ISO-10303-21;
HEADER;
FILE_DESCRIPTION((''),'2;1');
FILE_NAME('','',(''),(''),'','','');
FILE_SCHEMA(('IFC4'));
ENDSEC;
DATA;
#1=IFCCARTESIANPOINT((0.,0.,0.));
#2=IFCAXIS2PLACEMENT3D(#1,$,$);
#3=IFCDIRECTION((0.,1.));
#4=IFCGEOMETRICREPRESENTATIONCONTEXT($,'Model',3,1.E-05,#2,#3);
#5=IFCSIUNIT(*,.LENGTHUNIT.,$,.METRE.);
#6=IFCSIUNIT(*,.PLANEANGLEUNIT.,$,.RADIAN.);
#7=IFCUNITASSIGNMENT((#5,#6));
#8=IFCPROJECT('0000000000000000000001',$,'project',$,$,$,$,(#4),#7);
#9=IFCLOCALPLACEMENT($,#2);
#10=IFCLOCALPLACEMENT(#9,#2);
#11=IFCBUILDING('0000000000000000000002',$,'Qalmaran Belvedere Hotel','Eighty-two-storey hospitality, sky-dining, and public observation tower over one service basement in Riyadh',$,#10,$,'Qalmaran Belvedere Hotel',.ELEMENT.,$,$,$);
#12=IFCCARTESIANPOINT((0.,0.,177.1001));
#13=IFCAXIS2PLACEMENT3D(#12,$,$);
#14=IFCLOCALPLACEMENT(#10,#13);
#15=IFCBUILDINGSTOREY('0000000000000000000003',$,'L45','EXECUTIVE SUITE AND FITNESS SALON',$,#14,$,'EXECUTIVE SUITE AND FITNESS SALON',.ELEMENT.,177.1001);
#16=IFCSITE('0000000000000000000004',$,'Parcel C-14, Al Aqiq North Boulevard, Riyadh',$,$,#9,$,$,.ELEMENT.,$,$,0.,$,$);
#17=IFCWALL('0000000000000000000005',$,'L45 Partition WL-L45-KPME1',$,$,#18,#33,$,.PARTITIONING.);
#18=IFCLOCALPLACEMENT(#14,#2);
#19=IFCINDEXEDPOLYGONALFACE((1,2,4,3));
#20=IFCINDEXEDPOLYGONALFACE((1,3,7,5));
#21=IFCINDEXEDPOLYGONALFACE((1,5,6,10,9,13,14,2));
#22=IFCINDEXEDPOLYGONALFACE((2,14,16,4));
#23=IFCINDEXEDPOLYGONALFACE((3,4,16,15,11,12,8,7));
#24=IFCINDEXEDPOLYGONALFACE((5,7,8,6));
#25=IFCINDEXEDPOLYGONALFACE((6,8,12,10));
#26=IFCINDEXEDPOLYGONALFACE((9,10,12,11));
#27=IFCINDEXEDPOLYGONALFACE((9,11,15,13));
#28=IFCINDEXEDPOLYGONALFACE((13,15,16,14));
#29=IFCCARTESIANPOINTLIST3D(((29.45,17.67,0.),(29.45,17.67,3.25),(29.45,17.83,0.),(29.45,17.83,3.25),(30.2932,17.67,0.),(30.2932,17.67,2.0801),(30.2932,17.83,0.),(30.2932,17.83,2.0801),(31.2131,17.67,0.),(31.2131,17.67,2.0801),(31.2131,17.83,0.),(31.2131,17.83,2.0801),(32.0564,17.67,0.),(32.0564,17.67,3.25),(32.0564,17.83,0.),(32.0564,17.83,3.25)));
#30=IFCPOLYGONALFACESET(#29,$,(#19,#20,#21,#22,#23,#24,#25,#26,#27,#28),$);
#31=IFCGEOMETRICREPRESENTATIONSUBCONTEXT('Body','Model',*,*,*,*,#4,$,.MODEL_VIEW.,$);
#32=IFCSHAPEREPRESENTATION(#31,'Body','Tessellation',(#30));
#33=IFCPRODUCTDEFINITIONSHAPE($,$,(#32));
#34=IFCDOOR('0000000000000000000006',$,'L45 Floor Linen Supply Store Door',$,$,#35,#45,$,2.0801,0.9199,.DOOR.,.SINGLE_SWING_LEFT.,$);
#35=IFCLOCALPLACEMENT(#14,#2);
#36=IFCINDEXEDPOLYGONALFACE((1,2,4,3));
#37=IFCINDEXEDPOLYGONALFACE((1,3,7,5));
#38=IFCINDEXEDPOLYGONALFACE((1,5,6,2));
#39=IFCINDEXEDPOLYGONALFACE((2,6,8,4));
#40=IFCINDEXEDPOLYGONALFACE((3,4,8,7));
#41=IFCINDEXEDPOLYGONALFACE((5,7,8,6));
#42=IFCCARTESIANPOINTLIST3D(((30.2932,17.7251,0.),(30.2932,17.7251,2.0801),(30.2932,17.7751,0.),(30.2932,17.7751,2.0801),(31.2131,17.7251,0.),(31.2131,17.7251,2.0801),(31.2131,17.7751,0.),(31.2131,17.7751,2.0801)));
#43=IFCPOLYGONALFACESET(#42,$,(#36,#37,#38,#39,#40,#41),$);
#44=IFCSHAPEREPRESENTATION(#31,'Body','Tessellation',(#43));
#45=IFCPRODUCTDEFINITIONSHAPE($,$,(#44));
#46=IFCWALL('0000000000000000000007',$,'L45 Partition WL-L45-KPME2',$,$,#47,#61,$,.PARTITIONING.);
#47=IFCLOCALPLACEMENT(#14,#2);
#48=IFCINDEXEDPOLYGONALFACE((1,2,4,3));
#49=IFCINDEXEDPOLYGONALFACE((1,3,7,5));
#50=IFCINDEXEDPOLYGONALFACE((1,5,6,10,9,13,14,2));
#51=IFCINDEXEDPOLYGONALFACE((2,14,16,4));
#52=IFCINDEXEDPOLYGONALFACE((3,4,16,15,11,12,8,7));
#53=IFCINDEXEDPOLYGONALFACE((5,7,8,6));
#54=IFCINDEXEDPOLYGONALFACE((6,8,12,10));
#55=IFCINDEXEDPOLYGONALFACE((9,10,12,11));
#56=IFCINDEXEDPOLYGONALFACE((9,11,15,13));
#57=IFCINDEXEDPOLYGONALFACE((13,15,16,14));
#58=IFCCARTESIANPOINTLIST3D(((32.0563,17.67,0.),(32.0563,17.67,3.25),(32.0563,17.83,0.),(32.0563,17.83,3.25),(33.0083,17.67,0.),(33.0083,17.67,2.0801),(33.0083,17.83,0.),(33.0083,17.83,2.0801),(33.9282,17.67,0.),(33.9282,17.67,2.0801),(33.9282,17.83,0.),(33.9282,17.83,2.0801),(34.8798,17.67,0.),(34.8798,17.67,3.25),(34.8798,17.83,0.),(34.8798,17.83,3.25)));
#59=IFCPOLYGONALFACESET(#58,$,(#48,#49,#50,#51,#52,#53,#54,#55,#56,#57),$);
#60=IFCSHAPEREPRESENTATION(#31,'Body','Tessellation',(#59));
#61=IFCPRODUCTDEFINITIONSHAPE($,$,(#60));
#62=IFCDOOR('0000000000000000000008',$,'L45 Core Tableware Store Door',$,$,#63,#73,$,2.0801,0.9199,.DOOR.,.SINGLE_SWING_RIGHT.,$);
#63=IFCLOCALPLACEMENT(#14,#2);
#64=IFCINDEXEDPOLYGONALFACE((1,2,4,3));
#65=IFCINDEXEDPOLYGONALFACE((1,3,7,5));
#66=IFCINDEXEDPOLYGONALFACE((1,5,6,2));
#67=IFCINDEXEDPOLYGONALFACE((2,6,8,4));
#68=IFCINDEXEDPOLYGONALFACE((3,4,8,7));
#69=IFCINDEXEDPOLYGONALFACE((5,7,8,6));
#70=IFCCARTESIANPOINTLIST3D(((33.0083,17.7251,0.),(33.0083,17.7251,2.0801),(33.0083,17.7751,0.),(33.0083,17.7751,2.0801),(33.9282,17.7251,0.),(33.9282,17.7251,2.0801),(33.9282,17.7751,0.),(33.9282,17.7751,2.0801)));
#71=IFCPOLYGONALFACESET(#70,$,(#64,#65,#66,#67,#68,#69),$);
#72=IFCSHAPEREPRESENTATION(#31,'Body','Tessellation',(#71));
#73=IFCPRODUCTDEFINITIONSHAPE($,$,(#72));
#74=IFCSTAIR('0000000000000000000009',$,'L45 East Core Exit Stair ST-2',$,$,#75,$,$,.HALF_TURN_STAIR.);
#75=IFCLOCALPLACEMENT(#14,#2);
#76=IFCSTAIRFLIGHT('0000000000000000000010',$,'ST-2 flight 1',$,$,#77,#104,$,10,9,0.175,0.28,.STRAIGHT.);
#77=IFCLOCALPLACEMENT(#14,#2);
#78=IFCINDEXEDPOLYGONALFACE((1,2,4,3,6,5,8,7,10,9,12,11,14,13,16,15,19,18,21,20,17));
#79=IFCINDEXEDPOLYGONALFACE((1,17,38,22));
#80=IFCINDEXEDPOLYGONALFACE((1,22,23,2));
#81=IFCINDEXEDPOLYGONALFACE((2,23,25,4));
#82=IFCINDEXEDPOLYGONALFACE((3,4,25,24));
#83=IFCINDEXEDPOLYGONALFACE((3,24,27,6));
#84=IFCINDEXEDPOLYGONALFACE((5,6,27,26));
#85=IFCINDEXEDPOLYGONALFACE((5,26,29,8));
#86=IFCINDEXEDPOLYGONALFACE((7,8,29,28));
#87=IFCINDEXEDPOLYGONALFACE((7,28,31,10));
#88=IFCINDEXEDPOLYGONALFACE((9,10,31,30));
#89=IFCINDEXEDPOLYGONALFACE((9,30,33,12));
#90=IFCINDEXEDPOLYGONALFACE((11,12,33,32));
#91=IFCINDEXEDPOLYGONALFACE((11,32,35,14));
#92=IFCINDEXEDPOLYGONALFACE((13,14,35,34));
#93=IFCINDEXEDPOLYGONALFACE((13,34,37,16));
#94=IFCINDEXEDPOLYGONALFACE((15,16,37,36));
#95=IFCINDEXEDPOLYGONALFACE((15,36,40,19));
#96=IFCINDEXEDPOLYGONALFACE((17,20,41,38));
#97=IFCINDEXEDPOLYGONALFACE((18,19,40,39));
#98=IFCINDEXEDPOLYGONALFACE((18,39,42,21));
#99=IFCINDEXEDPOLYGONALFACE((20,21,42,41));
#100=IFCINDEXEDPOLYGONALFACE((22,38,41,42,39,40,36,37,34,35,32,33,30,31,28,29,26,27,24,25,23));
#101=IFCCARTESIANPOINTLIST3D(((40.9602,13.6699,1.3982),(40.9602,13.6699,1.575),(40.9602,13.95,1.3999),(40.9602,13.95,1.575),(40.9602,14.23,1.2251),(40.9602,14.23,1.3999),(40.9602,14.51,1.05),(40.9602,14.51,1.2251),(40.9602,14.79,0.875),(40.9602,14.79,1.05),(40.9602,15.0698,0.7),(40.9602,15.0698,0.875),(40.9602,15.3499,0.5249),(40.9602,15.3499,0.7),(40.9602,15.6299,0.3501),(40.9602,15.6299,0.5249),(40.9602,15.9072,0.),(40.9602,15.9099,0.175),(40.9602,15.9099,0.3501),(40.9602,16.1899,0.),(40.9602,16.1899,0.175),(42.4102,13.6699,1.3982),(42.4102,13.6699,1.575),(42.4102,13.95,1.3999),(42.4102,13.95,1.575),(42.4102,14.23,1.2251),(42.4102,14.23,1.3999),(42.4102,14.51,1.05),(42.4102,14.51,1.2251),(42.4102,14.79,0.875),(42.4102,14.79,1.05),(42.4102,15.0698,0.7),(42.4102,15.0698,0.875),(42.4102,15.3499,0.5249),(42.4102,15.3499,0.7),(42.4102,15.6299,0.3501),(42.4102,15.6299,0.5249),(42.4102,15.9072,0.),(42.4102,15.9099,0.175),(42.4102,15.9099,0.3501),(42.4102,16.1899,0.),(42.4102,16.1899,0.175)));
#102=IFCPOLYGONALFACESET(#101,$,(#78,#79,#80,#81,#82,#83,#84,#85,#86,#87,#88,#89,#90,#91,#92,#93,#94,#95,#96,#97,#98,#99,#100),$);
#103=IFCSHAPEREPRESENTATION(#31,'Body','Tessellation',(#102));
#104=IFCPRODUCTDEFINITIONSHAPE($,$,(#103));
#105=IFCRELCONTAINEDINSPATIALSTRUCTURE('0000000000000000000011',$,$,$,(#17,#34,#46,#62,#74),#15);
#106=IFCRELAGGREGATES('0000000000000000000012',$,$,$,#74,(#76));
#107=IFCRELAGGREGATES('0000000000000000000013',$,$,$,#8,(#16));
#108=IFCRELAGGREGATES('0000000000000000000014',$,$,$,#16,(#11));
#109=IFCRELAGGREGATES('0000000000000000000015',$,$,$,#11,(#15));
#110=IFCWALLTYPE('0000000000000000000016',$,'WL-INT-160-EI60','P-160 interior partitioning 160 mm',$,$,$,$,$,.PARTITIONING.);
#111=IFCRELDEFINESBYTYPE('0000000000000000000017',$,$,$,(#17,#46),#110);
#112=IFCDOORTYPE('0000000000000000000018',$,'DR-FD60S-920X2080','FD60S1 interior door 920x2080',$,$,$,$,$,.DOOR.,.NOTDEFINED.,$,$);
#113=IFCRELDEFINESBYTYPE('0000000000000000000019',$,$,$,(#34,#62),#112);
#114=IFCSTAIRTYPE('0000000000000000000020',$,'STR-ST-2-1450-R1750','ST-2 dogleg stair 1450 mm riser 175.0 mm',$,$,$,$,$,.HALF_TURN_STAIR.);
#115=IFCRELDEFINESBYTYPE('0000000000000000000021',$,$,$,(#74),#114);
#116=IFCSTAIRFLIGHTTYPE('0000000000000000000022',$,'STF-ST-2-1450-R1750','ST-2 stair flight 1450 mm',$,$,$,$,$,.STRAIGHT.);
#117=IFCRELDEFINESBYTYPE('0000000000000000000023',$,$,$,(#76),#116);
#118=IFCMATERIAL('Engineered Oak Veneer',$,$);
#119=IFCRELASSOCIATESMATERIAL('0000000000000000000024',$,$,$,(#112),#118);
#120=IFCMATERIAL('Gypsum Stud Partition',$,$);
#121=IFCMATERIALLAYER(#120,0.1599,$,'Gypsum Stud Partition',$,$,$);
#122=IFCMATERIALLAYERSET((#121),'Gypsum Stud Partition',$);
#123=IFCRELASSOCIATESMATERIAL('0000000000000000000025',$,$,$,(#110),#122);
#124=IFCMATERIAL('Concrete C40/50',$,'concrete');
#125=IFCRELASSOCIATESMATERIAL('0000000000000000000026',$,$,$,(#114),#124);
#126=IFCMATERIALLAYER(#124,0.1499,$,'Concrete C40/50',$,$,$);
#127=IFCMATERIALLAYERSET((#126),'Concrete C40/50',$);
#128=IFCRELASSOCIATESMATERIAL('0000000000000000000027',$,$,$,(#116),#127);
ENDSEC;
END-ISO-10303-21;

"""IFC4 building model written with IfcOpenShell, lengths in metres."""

from ifc_helpers import new_model, si_unit, direction, frame, frame_2d, origin, place, context, subcontext, project, spatial, polyline, rectangle, outline, extrude, material, layer, layer_set, type_object, element, fill, aggregate, save


model = new_model("IFC4")

# Units and contexts
model_context = context("Model", 3, precision=1e-05, world=origin(), true_north=direction((0.0, 1.0)))
body_context = subcontext(model_context, "Body", "Model", "MODEL_VIEW")
ifc_project = project(units=[si_unit("LENGTHUNIT", "METRE"), si_unit("PLANEANGLEUNIT", "RADIAN")], contexts=[model_context])

# Site, building, storey
site_placement = place(None, origin())
site = spatial("IfcSite", under=ifc_project, at=site_placement, Name="Parcel C-14, Al Aqiq North Boulevard, Riyadh", CompositionType="ELEMENT", RefElevation=0.0)
building_placement = place(site_placement, origin())
building = spatial("IfcBuilding", under=site, at=building_placement, Name="Qalmaran Belvedere Hotel", Description="Eighty-two-storey hospitality, sky-dining, and public observation tower over one service basement in Riyadh", LongName="Qalmaran Belvedere Hotel", CompositionType="ELEMENT")
storey_placement = place(building_placement, frame((0.0, 0.0, 177.1001)))
storey = spatial("IfcBuildingStorey", under=building, at=storey_placement, Name="L45", Description="EXECUTIVE SUITE AND FITNESS SALON", LongName="EXECUTIVE SUITE AND FITNESS SALON", CompositionType="ELEMENT", Elevation=177.1001)

# Shared definitions
ifc_material_1 = material(Name="Gypsum Stud Partition")

# Shared definitions
ifc_material_2 = material(Name="Engineered Oak Veneer")
door_type_1 = type_object("IfcDoorType", Name="DR-FD60S-920X2080", Description="FD60S1 interior door 920x2080", OperationType="NOTDEFINED", PredefinedType="DOOR", material=ifc_material_2)

# Walls, openings, doors
ifc_layer_1 = layer(ifc_material_1, 0.1599, Name="Gypsum Stud Partition")
ifc_layer_set_1 = layer_set([ifc_layer_1], Name="Gypsum Stud Partition")
wall_type_1 = type_object("IfcWallType", Name="WL-INT-160-EI60", Description="P-160 interior partitioning 160 mm", PredefinedType="PARTITIONING", material=ifc_layer_set_1)
wall_1_placement = place(storey_placement, frame((29.45, 17.75, 0.0), z_axis=(0.0, 0.0, 1.0), x_axis=(1.0, 0.0, 0.0)))
wall_1 = element("IfcWall", 1, at=wall_1_placement, inside=storey, type_object=wall_type_1, Name="L45 Partition WL-L45-KPME1", PredefinedType="PARTITIONING", context=body_context, shape_type="SweptSolid", body=[
    extrude(rectangle(XDim=2.6064, YDim=0.1599, at=frame_2d((1.3032, 0.0))), origin(), (0.0, 0.0, 1.0), 3.25),
])
opening_1_placement = place(wall_1_placement, frame((1.7632, 0.0, 0.0), z_axis=(0.0, 0.0, 1.0), x_axis=(-1.0, 0.0, 0.0)))
opening_1 = element("IfcOpeningElement", 2, at=opening_1_placement, cuts=wall_1, PredefinedType="OPENING", context=body_context, shape_type="SweptSolid", body=[
    extrude(rectangle(XDim=0.9199, YDim=2.0801, at=frame_2d((0.46, 1.04))), frame((0.0, 0.0898, 0.0), z_axis=(0.0, -1.0, 0.0), x_axis=(1.0, 0.0, 0.0)), (0.0, 0.0, 1.0), 0.1799),
])
door_1_placement = place(opening_1_placement, origin())
door_1 = element("IfcDoor", 3, at=door_1_placement, inside=storey, type_object=door_type_1, Name="L45 Floor Linen Supply Store Door", OperationType="SINGLE_SWING_LEFT", OverallHeight=2.0801, OverallWidth=0.9199, PredefinedType="DOOR", context=body_context, shape_type="SweptSolid", body=[
    extrude(rectangle(XDim=0.9199, YDim=2.0801, at=frame_2d((0.46, 1.04))), frame((0.0, 0.0249, 0.0), z_axis=(0.0, -1.0, 0.0), x_axis=(1.0, 0.0, 0.0)), (0.0, 0.0, 1.0), 0.05),
])
fill(opening_1, door_1)
wall_2_placement = place(storey_placement, frame((32.0564, 17.75, 0.0), z_axis=(0.0, 0.0, 1.0), x_axis=(1.0, 0.0, 0.0)))
wall_2 = element("IfcWall", 4, at=wall_2_placement, inside=storey, type_object=wall_type_1, Name="L45 Partition WL-L45-KPME2", PredefinedType="PARTITIONING", context=body_context, shape_type="SweptSolid", body=[
    extrude(rectangle(XDim=2.8235, YDim=0.1599, at=frame_2d((1.4116, 0.0))), origin(), (0.0, 0.0, 1.0), 3.25),
])
opening_2_placement = place(wall_2_placement, frame((1.8718, 0.0, 0.0), z_axis=(0.0, 0.0, 1.0), x_axis=(-1.0, 0.0, 0.0)))
opening_2 = element("IfcOpeningElement", 5, at=opening_2_placement, cuts=wall_2, PredefinedType="OPENING", context=body_context, shape_type="SweptSolid", body=[
    extrude(rectangle(XDim=0.9199, YDim=2.0801, at=frame_2d((0.46, 1.04))), frame((0.0, 0.0898, 0.0), z_axis=(0.0, -1.0, 0.0), x_axis=(1.0, 0.0, 0.0)), (0.0, 0.0, 1.0), 0.1799),
])
door_2_placement = place(opening_2_placement, origin())
door_2 = element("IfcDoor", 6, at=door_2_placement, inside=storey, type_object=door_type_1, Name="L45 Core Tableware Store Door", OperationType="SINGLE_SWING_RIGHT", OverallHeight=2.0801, OverallWidth=0.9199, PredefinedType="DOOR", context=body_context, shape_type="SweptSolid", body=[
    extrude(rectangle(XDim=0.9199, YDim=2.0801, at=frame_2d((0.46, 1.04))), frame((0.0, 0.0249, 0.0), z_axis=(0.0, -1.0, 0.0), x_axis=(1.0, 0.0, 0.0)), (0.0, 0.0, 1.0), 0.05),
])
fill(opening_2, door_2)

# Stair, stair flight
ifc_material_3 = material(Name="Concrete C40/50", Category="concrete")
stair_type = type_object("IfcStairType", Name="STR-ST-2-1450-R1750", Description="ST-2 dogleg stair 1450 mm riser 175.0 mm", PredefinedType="HALF_TURN_STAIR", material=ifc_material_3)
stair_placement = place(storey_placement, origin())
stair = element("IfcStair", 7, at=stair_placement, inside=storey, type_object=stair_type, Name="L45 East Core Exit Stair ST-2", PredefinedType="HALF_TURN_STAIR")
ifc_layer_2 = layer(ifc_material_3, 0.1499, Name="Concrete C40/50")
ifc_layer_set_2 = layer_set([ifc_layer_2], Name="Concrete C40/50")
stair_flight_type = type_object("IfcStairFlightType", Name="STF-ST-2-1450-R1750", Description="ST-2 stair flight 1450 mm", PredefinedType="STRAIGHT", material=ifc_layer_set_2)
stair_flight_placement = place(storey_placement, frame((41.6851, 16.1899, 0.0), z_axis=(0.0, 0.0, 1.0), x_axis=(0.0, -1.0, 0.0)))
stair_flight = element("IfcStairFlight", 8, at=stair_flight_placement, type_object=stair_flight_type, Name="ST-2 flight 1", NumberOfRisers=10, NumberOfTreads=9, PredefinedType="STRAIGHT", RiserHeight=0.175, TreadLength=0.28, context=body_context, shape_type="SweptSolid", body=[
    extrude(outline(polyline([(0.0, 0.0), (0.0, 0.175), (0.28, 0.175), (0.28, 0.3501), (0.5601, 0.3501), (0.5601, 0.5249), (0.8401, 0.5249), (0.8401, 0.7), (1.1201, 0.7), (1.1201, 0.875), (1.3999, 0.875), (1.3999, 1.05), (1.6799, 1.05), (1.6799, 1.2251), (1.96, 1.2251), (1.96, 1.3999), (2.24, 1.3999), (2.24, 1.575), (2.52, 1.575), (2.52, 1.75), (2.52, 1.3982), (0.2827, 0.0), (0.0, 0.0)])), frame((0.0, 0.7251, 0.0), z_axis=(0.0, -1.0, 0.0), x_axis=(1.0, 0.0, 0.0)), (0.0, 0.0, 1.0), 1.45),
])
aggregate(stair, [stair_flight])

save(model, "model.ifc")
